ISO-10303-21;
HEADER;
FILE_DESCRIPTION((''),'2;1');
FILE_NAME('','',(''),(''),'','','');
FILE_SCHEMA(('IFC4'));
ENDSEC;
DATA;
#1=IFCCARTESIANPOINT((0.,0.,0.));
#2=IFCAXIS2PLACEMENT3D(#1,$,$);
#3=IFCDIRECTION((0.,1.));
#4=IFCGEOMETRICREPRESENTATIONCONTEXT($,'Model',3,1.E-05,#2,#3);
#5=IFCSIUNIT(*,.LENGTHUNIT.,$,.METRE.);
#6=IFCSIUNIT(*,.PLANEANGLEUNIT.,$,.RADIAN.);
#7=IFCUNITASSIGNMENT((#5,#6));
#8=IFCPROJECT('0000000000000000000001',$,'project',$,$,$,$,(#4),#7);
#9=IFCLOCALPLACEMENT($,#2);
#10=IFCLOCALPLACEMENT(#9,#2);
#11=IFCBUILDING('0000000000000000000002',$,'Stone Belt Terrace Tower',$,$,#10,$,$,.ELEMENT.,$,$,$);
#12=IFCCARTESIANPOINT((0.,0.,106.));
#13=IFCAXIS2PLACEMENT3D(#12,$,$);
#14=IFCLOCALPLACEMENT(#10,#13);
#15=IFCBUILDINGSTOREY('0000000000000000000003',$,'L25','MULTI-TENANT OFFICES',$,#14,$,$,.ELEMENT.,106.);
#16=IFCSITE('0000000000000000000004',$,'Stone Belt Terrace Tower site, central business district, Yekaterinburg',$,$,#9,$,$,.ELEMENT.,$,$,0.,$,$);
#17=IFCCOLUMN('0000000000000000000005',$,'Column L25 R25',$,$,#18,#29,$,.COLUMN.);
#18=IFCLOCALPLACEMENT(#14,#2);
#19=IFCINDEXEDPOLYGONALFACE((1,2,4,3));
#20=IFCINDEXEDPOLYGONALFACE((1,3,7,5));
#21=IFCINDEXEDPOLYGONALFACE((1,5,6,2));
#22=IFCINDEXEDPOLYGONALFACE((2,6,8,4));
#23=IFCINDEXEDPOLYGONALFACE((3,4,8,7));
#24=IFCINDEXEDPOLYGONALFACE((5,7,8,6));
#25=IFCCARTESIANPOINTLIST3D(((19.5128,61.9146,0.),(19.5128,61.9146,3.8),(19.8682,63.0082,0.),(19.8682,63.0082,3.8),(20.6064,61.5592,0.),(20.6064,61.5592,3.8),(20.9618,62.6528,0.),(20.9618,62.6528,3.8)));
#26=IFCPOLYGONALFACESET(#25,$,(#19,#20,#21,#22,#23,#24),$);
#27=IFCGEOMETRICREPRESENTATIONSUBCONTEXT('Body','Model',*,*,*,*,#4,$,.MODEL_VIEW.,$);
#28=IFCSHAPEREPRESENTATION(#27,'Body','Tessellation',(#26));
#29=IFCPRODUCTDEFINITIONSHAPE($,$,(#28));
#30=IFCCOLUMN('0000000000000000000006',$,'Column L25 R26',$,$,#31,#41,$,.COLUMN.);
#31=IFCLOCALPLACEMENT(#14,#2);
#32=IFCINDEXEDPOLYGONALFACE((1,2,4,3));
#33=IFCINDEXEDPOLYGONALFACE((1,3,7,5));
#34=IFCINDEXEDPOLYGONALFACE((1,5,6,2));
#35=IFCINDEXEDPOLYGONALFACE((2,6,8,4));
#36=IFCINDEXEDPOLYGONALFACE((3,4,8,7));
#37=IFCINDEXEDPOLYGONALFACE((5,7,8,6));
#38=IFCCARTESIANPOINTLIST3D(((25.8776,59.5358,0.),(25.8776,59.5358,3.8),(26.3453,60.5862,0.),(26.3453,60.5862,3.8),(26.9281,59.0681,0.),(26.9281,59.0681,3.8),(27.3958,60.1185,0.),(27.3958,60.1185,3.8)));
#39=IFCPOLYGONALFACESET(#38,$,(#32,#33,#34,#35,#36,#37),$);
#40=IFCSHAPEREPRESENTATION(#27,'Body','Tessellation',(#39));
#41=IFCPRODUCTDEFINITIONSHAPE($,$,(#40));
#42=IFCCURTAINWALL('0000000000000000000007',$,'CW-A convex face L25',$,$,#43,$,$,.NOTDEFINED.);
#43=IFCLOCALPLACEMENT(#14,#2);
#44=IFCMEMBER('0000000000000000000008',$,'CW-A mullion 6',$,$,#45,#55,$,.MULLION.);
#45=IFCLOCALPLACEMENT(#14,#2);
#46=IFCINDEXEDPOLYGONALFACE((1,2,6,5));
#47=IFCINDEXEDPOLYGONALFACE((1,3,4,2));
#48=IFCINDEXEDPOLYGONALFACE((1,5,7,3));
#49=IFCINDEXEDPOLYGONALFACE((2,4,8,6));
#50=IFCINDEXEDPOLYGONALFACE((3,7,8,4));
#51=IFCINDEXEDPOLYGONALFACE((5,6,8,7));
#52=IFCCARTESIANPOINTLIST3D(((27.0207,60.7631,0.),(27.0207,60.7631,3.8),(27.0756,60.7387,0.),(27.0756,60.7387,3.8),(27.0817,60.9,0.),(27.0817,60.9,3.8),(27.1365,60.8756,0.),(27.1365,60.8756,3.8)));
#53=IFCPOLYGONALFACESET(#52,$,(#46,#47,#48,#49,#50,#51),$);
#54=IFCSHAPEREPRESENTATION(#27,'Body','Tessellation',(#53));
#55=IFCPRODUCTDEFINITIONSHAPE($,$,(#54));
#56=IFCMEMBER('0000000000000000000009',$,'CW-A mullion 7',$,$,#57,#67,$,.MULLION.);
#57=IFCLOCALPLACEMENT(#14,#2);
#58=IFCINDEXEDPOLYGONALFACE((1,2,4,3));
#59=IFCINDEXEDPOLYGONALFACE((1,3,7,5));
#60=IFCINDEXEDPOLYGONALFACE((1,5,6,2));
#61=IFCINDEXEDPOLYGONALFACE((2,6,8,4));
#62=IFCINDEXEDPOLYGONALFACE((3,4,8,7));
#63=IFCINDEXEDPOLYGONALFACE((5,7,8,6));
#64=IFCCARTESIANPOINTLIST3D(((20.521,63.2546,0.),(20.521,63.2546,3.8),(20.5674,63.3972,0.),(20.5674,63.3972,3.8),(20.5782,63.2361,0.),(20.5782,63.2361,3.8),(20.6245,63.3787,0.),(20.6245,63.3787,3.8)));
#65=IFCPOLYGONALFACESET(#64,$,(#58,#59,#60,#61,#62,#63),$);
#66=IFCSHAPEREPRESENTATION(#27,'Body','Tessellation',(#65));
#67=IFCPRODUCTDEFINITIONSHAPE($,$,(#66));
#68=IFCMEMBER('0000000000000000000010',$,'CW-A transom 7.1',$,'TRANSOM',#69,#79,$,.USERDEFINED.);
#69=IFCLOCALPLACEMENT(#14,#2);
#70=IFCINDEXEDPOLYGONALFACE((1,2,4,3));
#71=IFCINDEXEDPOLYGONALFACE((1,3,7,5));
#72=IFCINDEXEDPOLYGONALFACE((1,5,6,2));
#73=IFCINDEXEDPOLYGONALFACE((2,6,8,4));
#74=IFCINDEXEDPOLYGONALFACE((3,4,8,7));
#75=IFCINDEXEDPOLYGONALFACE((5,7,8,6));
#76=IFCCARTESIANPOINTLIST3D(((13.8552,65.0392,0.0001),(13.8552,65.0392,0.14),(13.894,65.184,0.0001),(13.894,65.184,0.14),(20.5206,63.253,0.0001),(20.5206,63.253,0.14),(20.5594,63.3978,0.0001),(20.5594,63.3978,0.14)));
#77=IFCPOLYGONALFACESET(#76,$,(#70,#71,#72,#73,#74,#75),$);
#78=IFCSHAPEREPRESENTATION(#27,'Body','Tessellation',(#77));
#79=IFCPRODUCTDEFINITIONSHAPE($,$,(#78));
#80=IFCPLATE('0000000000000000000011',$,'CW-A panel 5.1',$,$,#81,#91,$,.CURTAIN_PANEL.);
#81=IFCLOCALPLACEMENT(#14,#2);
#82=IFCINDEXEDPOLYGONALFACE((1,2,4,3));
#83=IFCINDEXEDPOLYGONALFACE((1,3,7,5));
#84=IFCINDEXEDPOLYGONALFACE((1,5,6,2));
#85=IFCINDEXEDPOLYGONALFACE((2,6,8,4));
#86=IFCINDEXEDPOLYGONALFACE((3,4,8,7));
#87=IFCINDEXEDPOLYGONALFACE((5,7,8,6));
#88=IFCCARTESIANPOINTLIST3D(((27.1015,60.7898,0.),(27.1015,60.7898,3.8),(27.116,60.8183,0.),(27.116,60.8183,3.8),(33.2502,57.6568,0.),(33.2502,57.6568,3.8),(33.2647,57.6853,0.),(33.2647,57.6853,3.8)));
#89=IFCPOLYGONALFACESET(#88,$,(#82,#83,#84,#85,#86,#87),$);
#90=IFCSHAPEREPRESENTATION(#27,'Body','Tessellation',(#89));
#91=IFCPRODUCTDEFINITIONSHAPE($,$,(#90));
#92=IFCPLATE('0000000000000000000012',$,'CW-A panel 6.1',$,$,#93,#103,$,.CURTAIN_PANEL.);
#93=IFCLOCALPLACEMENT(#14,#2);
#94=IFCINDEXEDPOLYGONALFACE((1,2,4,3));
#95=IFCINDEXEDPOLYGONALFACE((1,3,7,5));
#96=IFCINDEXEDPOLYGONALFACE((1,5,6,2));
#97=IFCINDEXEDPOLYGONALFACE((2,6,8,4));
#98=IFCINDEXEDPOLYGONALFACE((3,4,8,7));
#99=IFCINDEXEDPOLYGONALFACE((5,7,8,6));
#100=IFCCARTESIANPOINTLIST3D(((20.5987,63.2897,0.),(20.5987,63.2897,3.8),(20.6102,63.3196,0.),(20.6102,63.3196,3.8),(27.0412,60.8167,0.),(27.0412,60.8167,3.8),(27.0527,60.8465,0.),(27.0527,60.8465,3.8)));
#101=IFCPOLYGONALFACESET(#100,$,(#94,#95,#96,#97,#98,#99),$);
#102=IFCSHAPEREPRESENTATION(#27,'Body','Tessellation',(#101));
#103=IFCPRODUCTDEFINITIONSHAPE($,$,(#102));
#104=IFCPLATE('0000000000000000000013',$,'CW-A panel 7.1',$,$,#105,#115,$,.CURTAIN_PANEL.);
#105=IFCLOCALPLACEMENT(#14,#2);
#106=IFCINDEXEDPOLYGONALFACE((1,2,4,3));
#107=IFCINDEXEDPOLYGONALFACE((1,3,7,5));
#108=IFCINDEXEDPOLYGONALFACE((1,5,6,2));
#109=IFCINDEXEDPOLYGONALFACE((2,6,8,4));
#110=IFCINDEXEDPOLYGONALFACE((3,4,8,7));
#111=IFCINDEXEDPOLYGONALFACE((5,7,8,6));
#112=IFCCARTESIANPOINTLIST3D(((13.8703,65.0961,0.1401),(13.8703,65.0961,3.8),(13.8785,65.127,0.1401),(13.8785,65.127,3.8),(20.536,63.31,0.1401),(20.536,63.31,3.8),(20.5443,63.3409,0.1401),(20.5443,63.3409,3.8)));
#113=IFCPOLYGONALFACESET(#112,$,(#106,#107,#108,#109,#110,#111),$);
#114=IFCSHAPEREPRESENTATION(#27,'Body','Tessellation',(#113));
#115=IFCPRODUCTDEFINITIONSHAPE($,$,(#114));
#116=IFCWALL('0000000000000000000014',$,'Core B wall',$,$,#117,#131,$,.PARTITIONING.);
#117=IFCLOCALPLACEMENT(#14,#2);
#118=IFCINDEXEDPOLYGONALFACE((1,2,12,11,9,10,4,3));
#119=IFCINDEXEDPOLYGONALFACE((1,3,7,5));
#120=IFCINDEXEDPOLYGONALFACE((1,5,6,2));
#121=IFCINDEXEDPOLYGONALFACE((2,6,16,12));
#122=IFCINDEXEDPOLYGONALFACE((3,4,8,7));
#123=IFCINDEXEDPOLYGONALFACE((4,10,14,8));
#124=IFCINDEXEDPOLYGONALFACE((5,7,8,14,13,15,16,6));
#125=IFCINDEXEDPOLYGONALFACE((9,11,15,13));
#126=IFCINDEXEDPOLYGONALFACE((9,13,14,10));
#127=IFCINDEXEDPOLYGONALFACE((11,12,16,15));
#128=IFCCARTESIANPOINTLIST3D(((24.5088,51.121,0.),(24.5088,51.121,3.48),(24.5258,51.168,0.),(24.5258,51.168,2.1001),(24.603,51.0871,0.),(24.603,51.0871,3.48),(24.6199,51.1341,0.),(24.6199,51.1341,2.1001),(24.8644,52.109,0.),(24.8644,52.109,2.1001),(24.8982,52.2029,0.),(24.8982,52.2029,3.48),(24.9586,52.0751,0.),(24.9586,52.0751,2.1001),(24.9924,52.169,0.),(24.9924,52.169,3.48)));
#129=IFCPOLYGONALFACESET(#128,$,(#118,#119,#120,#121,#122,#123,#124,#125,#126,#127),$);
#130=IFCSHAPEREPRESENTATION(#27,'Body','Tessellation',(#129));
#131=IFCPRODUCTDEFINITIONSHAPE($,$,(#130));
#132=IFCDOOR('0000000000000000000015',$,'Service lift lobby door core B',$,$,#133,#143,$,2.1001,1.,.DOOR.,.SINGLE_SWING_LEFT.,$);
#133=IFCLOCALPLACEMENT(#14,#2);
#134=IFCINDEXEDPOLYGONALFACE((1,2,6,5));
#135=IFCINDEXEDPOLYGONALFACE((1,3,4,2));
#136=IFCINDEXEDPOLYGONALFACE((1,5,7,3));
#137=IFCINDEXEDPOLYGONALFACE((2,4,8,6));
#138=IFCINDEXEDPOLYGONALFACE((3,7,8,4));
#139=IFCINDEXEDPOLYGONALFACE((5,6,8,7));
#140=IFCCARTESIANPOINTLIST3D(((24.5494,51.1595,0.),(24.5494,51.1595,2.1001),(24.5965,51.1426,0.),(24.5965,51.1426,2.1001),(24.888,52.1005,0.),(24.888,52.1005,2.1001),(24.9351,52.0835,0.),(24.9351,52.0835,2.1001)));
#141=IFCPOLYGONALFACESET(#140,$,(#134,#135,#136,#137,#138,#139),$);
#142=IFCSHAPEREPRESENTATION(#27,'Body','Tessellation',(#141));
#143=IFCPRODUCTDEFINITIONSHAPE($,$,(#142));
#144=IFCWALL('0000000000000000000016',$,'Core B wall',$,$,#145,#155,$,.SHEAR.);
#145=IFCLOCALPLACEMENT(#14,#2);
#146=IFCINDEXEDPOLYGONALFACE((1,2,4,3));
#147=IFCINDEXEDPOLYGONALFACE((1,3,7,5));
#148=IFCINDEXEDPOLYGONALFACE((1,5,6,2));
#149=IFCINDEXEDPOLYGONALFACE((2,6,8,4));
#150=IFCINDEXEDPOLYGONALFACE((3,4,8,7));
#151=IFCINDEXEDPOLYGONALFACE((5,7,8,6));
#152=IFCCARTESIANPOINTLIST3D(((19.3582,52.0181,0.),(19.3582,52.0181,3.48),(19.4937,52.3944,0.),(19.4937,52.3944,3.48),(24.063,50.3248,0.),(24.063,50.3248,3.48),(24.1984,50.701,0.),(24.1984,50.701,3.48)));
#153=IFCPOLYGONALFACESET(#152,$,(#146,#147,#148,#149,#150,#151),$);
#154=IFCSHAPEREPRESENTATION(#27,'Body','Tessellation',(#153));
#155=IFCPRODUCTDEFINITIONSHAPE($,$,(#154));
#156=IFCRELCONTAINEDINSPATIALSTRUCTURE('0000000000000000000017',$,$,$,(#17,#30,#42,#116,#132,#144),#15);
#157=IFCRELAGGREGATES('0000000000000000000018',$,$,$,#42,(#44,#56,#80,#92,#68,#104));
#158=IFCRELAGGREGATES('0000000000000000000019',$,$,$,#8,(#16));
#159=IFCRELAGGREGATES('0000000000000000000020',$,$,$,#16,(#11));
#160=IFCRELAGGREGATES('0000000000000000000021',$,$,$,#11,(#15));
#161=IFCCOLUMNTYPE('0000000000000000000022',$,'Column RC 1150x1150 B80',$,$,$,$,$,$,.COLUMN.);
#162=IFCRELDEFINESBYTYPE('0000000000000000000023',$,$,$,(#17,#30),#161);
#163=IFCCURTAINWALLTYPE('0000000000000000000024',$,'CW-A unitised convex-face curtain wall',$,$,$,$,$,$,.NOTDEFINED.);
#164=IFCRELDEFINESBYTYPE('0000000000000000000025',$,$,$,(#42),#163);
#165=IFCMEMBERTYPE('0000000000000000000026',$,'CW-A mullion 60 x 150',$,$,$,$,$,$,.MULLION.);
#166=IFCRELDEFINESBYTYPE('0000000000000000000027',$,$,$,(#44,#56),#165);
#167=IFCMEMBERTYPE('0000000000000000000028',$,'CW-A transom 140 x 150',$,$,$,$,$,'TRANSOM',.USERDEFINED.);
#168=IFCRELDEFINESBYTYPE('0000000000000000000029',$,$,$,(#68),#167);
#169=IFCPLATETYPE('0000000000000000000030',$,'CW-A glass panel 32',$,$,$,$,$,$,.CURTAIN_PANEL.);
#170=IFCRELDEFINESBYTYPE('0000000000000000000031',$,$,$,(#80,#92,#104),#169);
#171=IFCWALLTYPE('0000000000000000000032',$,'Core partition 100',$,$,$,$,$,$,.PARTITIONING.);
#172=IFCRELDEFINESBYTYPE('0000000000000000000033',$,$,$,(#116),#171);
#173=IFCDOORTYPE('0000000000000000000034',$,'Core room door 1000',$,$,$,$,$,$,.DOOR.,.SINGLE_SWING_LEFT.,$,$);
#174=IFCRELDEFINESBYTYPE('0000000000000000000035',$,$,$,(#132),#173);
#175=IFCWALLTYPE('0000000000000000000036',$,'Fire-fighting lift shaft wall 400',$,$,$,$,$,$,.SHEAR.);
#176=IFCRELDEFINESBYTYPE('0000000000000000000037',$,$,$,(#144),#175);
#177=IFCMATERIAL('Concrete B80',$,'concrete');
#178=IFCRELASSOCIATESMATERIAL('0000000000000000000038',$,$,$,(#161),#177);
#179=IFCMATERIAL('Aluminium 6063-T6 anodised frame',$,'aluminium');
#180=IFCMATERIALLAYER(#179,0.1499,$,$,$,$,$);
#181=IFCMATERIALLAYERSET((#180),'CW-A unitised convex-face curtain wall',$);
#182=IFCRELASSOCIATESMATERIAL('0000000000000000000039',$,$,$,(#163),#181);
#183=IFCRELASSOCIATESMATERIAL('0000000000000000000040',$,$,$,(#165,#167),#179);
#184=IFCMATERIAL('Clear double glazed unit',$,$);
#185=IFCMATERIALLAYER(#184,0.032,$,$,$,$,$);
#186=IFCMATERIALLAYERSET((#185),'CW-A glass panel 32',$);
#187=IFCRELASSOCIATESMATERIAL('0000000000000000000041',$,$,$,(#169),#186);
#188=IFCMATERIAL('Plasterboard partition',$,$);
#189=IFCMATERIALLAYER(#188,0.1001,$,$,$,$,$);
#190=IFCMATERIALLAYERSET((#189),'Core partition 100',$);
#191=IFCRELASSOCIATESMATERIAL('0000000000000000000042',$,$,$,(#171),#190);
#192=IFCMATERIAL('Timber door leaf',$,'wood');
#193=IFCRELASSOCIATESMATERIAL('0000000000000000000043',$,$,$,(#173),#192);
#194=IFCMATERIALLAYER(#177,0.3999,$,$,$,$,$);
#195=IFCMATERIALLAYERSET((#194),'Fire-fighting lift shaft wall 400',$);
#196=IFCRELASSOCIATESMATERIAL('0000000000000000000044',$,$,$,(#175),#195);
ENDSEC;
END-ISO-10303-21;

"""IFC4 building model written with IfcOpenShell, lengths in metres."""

from ifc_helpers import new_model, si_unit, direction, frame, frame_2d, origin, origin_2d, place, context, subcontext, project, spatial, rectangle, extrude, material, layer, layer_set, material_profile, profile_set, type_object, element, fill, aggregate, save


model = new_model("IFC4")

# Units and contexts
model_context = context("Model", 3, precision=1e-05, world=origin(), true_north=direction((0.0, 1.0)))
body_context = subcontext(model_context, "Body", "Model", "MODEL_VIEW")
ifc_project = project(units=[si_unit("LENGTHUNIT", "METRE"), si_unit("PLANEANGLEUNIT", "RADIAN")], contexts=[model_context])

# Site, building, storey
site_placement = place(None, origin())
site = spatial("IfcSite", under=ifc_project, at=site_placement, Name="Stone Belt Terrace Tower site, central business district, Yekaterinburg", CompositionType="ELEMENT", RefElevation=0.0)
building_placement = place(site_placement, origin())
building = spatial("IfcBuilding", under=site, at=building_placement, Name="Stone Belt Terrace Tower", CompositionType="ELEMENT")
storey_placement = place(building_placement, frame((0.0, 0.0, 106.0)))
storey = spatial("IfcBuildingStorey", under=building, at=storey_placement, Name="L25", Description="MULTI-TENANT OFFICES", CompositionType="ELEMENT", Elevation=106.0)

# Columns
ifc_material_1 = material(Name="Concrete B80", Category="concrete")
ifc_material_profile_1 = material_profile(ifc_material_1, rectangle(XDim=1.1499, YDim=1.1499, at=origin_2d()), Name="RC 1150x1150")
ifc_profile_set_1 = profile_set([ifc_material_profile_1], Name="Concrete B80")
column_type = type_object("IfcColumnType", Name="Column RC 1150x1150 B80", PredefinedType="COLUMN", material=ifc_profile_set_1)
for number, where, z_axis, x_axis, name in (
    (1, (20.2373, 62.2837, 0.0), (0.0, 0.0, 1.0), (0.951057, -0.309017, 0.0), "Column L25 R25"),
    (2, (26.6367, 59.8271, 0.0), (0.0, 0.0, 1.0), (0.913545, -0.406737, 0.0), "Column L25 R26"),
):
    element("IfcColumn", number, at=place(storey_placement, frame(where, z_axis=z_axis, x_axis=x_axis)), inside=storey, type_object=column_type, Name=name, PredefinedType="COLUMN", context=body_context, shape_type="SweptSolid", body=[
        extrude(rectangle(XDim=1.1499, YDim=1.1499, at=origin_2d()), origin(), (0.0, 0.0, 1.0), 3.8),
    ])

# Curtain wall, members, plates
ifc_material_2 = material(Name="Aluminium 6063-T6 anodised frame", Category="aluminium")
ifc_layer_1 = layer(ifc_material_2, 0.1499)
ifc_layer_set_1 = layer_set([ifc_layer_1], Name="CW-A unitised convex-face curtain wall")
curtain_wall_type = type_object("IfcCurtainWallType", Name="CW-A unitised convex-face curtain wall", PredefinedType="NOTDEFINED", material=ifc_layer_set_1)
curtain_wall_placement = place(storey_placement, origin())
curtain_wall = element("IfcCurtainWall", 3, at=curtain_wall_placement, inside=storey, type_object=curtain_wall_type, Name="CW-A convex face L25", PredefinedType="NOTDEFINED")
ifc_material_profile_2 = material_profile(ifc_material_2, rectangle(XDim=0.1499, YDim=0.0601, at=origin_2d()), Name="Aluminium 6063-T6 60x150")
ifc_profile_set_2 = profile_set([ifc_material_profile_2], Name="Aluminium 6063-T6 anodised frame")
member_type_1 = type_object("IfcMemberType", Name="CW-A mullion 60 x 150", PredefinedType="MULLION", material=ifc_profile_set_2)
member_1_placement = place(storey_placement, frame((27.0786, 60.8193, 0.0), z_axis=(0.0, 0.0, 1.0), x_axis=(-0.406737, -0.913545, 0.0)))
member_1 = element("IfcMember", 4, at=member_1_placement, type_object=member_type_1, Name="CW-A mullion 6", PredefinedType="MULLION", context=body_context, shape_type="SweptSolid", body=[
    extrude(rectangle(XDim=0.1499, YDim=0.0601, at=origin_2d()), origin(), (0.0, 0.0, 1.0), 3.8),
])
member_2_placement = place(storey_placement, frame((20.5728, 63.3167, 0.0), z_axis=(0.0, 0.0, 1.0), x_axis=(-0.309017, -0.951057, 0.0)))
member_2 = element("IfcMember", 5, at=member_2_placement, type_object=member_type_1, Name="CW-A mullion 7", PredefinedType="MULLION", context=body_context, shape_type="SweptSolid", body=[
    extrude(rectangle(XDim=0.1499, YDim=0.0601, at=origin_2d()), origin(), (0.0, 0.0, 1.0), 3.8),
])
ifc_material_profile_3 = material_profile(ifc_material_2, rectangle(XDim=0.1499, YDim=0.1399, at=origin_2d()), Name="Aluminium 6063-T6 150x140")
ifc_profile_set_3 = profile_set([ifc_material_profile_3], Name="Aluminium 6063-T6 anodised frame")
member_type_2 = type_object("IfcMemberType", Name="CW-A transom 140 x 150", ElementType="TRANSOM", PredefinedType="USERDEFINED", material=ifc_profile_set_3)
member_3_placement = place(storey_placement, frame((20.54, 63.3254, 0.0701), z_axis=(-0.965922, 0.258834, 0.0), x_axis=(-0.258834, -0.965922, 0.0)))
member_3 = element("IfcMember", 6, at=member_3_placement, type_object=member_type_2, Name="CW-A transom 7.1", ObjectType="TRANSOM", PredefinedType="USERDEFINED", context=body_context, shape_type="SweptSolid", body=[
    extrude(rectangle(XDim=0.1499, YDim=0.1399, at=origin_2d()), origin(), (0.0, 0.0, 1.0), 6.9006),
])
ifc_material_3 = material(Name="Clear double glazed unit")
ifc_layer_2 = layer(ifc_material_3, 0.032)
ifc_layer_set_2 = layer_set([ifc_layer_2], Name="CW-A glass panel 32")
plate_type = type_object("IfcPlateType", Name="CW-A glass panel 32", PredefinedType="CURTAIN_PANEL", material=ifc_layer_set_2)
plate_1_placement = place(storey_placement, frame((30.1831, 59.2375, 0.0), z_axis=(0.0, 0.0, 1.0), x_axis=(-0.891007, 0.45399, 0.0)))
plate_1 = element("IfcPlate", 7, at=plate_1_placement, type_object=plate_type, Name="CW-A panel 5.1", PredefinedType="CURTAIN_PANEL", context=body_context, shape_type="SweptSolid", body=[
    extrude(rectangle(XDim=6.9009, YDim=0.032, at=origin_2d()), origin(), (0.0, 0.0, 1.0), 3.8),
])
plate_2_placement = place(storey_placement, frame((23.8257, 62.0681, 0.0), z_axis=(0.0, 0.0, 1.0), x_axis=(-0.93358, 0.358368, 0.0)))
plate_2 = element("IfcPlate", 8, at=plate_2_placement, type_object=plate_type, Name="CW-A panel 6.1", PredefinedType="CURTAIN_PANEL", context=body_context, shape_type="SweptSolid", body=[
    extrude(rectangle(XDim=6.9009, YDim=0.032, at=origin_2d()), origin(), (0.0, 0.0, 1.0), 3.8),
])
plate_3_placement = place(storey_placement, frame((17.2073, 64.2185, 0.1401), z_axis=(0.0, 0.0, 1.0), x_axis=(-0.965926, 0.258819, 0.0)))
plate_3 = element("IfcPlate", 9, at=plate_3_placement, type_object=plate_type, Name="CW-A panel 7.1", PredefinedType="CURTAIN_PANEL", context=body_context, shape_type="SweptSolid", body=[
    extrude(rectangle(XDim=6.9009, YDim=0.032, at=origin_2d()), origin(), (0.0, 0.0, 1.0), 3.6599),
])
aggregate(curtain_wall, [member_1, member_2, plate_1, plate_2, member_3, plate_3])

# Wall, opening, door
ifc_material_4 = material(Name="Plasterboard partition")
ifc_layer_3 = layer(ifc_material_4, 0.1001)
ifc_layer_set_3 = layer_set([ifc_layer_3], Name="Core partition 100")
wall_type_1 = type_object("IfcWallType", Name="Core partition 100", PredefinedType="PARTITIONING", material=ifc_layer_set_3)
wall_1_placement = place(storey_placement, frame((24.5559, 51.104, 0.0), z_axis=(0.0, 0.0, 1.0), x_axis=(0.338622, 0.940923, 0.0)))
wall_1 = element("IfcWall", 10, at=wall_1_placement, inside=storey, type_object=wall_type_1, Name="Core B wall", PredefinedType="PARTITIONING", context=body_context, shape_type="SweptSolid", body=[
    extrude(rectangle(XDim=1.1499, YDim=0.1001, at=frame_2d((0.575, 0.0))), origin(), (0.0, 0.0, 1.0), 3.48),
])
opening_1_placement = place(wall_1_placement, frame((0.05, 0.0, 0.0)))
opening_1 = element("IfcOpeningElement", 11, at=opening_1_placement, cuts=wall_1, PredefinedType="OPENING", context=body_context, shape_type="SweptSolid", body=[
    extrude(rectangle(XDim=1.0, YDim=2.1001, at=frame_2d((0.5, 1.05))), frame((0.0, 0.0601, 0.0), z_axis=(0.0, -1.0, 0.0), x_axis=(1.0, 0.0, 0.0)), (0.0, 0.0, 1.0), 0.1201),
])
ifc_material_5 = material(Name="Timber door leaf", Category="wood")
door_type_1 = type_object("IfcDoorType", Name="Core room door 1000", OperationType="SINGLE_SWING_LEFT", PredefinedType="DOOR", material=ifc_material_5)
door_1_placement = place(opening_1_placement, origin())
door_1 = element("IfcDoor", 12, at=door_1_placement, inside=storey, type_object=door_type_1, Name="Service lift lobby door core B", OperationType="SINGLE_SWING_LEFT", OverallHeight=2.1001, OverallWidth=1.0, PredefinedType="DOOR", context=body_context, shape_type="SweptSolid", body=[
    extrude(rectangle(XDim=1.0, YDim=2.1001, at=frame_2d((0.5, 1.05))), frame((0.0, 0.0249, 0.0), z_axis=(0.0, -1.0, 0.0), x_axis=(1.0, 0.0, 0.0)), (0.0, 0.0, 1.0), 0.05),
])
fill(opening_1, door_1)

# Wall
ifc_layer_4 = layer(ifc_material_1, 0.3999)
ifc_layer_set_4 = layer_set([ifc_layer_4], Name="Fire-fighting lift shaft wall 400")
wall_type_2 = type_object("IfcWallType", Name="Fire-fighting lift shaft wall 400", PredefinedType="SHEAR", material=ifc_layer_set_4)
wall_2_placement = place(storey_placement, frame((24.1306, 50.5129, 0.0), z_axis=(0.0, 0.0, 1.0), x_axis=(-0.940912, 0.338652, 0.0)))
element("IfcWall", 13, at=wall_2_placement, inside=storey, type_object=wall_type_2, Name="Core B wall", PredefinedType="SHEAR", context=body_context, shape_type="SweptSolid", body=[
    extrude(rectangle(XDim=5.0002, YDim=0.3999, at=frame_2d((2.5, 0.0))), origin(), (0.0, 0.0, 1.0), 3.48),
])

save(model, "model.ifc")
